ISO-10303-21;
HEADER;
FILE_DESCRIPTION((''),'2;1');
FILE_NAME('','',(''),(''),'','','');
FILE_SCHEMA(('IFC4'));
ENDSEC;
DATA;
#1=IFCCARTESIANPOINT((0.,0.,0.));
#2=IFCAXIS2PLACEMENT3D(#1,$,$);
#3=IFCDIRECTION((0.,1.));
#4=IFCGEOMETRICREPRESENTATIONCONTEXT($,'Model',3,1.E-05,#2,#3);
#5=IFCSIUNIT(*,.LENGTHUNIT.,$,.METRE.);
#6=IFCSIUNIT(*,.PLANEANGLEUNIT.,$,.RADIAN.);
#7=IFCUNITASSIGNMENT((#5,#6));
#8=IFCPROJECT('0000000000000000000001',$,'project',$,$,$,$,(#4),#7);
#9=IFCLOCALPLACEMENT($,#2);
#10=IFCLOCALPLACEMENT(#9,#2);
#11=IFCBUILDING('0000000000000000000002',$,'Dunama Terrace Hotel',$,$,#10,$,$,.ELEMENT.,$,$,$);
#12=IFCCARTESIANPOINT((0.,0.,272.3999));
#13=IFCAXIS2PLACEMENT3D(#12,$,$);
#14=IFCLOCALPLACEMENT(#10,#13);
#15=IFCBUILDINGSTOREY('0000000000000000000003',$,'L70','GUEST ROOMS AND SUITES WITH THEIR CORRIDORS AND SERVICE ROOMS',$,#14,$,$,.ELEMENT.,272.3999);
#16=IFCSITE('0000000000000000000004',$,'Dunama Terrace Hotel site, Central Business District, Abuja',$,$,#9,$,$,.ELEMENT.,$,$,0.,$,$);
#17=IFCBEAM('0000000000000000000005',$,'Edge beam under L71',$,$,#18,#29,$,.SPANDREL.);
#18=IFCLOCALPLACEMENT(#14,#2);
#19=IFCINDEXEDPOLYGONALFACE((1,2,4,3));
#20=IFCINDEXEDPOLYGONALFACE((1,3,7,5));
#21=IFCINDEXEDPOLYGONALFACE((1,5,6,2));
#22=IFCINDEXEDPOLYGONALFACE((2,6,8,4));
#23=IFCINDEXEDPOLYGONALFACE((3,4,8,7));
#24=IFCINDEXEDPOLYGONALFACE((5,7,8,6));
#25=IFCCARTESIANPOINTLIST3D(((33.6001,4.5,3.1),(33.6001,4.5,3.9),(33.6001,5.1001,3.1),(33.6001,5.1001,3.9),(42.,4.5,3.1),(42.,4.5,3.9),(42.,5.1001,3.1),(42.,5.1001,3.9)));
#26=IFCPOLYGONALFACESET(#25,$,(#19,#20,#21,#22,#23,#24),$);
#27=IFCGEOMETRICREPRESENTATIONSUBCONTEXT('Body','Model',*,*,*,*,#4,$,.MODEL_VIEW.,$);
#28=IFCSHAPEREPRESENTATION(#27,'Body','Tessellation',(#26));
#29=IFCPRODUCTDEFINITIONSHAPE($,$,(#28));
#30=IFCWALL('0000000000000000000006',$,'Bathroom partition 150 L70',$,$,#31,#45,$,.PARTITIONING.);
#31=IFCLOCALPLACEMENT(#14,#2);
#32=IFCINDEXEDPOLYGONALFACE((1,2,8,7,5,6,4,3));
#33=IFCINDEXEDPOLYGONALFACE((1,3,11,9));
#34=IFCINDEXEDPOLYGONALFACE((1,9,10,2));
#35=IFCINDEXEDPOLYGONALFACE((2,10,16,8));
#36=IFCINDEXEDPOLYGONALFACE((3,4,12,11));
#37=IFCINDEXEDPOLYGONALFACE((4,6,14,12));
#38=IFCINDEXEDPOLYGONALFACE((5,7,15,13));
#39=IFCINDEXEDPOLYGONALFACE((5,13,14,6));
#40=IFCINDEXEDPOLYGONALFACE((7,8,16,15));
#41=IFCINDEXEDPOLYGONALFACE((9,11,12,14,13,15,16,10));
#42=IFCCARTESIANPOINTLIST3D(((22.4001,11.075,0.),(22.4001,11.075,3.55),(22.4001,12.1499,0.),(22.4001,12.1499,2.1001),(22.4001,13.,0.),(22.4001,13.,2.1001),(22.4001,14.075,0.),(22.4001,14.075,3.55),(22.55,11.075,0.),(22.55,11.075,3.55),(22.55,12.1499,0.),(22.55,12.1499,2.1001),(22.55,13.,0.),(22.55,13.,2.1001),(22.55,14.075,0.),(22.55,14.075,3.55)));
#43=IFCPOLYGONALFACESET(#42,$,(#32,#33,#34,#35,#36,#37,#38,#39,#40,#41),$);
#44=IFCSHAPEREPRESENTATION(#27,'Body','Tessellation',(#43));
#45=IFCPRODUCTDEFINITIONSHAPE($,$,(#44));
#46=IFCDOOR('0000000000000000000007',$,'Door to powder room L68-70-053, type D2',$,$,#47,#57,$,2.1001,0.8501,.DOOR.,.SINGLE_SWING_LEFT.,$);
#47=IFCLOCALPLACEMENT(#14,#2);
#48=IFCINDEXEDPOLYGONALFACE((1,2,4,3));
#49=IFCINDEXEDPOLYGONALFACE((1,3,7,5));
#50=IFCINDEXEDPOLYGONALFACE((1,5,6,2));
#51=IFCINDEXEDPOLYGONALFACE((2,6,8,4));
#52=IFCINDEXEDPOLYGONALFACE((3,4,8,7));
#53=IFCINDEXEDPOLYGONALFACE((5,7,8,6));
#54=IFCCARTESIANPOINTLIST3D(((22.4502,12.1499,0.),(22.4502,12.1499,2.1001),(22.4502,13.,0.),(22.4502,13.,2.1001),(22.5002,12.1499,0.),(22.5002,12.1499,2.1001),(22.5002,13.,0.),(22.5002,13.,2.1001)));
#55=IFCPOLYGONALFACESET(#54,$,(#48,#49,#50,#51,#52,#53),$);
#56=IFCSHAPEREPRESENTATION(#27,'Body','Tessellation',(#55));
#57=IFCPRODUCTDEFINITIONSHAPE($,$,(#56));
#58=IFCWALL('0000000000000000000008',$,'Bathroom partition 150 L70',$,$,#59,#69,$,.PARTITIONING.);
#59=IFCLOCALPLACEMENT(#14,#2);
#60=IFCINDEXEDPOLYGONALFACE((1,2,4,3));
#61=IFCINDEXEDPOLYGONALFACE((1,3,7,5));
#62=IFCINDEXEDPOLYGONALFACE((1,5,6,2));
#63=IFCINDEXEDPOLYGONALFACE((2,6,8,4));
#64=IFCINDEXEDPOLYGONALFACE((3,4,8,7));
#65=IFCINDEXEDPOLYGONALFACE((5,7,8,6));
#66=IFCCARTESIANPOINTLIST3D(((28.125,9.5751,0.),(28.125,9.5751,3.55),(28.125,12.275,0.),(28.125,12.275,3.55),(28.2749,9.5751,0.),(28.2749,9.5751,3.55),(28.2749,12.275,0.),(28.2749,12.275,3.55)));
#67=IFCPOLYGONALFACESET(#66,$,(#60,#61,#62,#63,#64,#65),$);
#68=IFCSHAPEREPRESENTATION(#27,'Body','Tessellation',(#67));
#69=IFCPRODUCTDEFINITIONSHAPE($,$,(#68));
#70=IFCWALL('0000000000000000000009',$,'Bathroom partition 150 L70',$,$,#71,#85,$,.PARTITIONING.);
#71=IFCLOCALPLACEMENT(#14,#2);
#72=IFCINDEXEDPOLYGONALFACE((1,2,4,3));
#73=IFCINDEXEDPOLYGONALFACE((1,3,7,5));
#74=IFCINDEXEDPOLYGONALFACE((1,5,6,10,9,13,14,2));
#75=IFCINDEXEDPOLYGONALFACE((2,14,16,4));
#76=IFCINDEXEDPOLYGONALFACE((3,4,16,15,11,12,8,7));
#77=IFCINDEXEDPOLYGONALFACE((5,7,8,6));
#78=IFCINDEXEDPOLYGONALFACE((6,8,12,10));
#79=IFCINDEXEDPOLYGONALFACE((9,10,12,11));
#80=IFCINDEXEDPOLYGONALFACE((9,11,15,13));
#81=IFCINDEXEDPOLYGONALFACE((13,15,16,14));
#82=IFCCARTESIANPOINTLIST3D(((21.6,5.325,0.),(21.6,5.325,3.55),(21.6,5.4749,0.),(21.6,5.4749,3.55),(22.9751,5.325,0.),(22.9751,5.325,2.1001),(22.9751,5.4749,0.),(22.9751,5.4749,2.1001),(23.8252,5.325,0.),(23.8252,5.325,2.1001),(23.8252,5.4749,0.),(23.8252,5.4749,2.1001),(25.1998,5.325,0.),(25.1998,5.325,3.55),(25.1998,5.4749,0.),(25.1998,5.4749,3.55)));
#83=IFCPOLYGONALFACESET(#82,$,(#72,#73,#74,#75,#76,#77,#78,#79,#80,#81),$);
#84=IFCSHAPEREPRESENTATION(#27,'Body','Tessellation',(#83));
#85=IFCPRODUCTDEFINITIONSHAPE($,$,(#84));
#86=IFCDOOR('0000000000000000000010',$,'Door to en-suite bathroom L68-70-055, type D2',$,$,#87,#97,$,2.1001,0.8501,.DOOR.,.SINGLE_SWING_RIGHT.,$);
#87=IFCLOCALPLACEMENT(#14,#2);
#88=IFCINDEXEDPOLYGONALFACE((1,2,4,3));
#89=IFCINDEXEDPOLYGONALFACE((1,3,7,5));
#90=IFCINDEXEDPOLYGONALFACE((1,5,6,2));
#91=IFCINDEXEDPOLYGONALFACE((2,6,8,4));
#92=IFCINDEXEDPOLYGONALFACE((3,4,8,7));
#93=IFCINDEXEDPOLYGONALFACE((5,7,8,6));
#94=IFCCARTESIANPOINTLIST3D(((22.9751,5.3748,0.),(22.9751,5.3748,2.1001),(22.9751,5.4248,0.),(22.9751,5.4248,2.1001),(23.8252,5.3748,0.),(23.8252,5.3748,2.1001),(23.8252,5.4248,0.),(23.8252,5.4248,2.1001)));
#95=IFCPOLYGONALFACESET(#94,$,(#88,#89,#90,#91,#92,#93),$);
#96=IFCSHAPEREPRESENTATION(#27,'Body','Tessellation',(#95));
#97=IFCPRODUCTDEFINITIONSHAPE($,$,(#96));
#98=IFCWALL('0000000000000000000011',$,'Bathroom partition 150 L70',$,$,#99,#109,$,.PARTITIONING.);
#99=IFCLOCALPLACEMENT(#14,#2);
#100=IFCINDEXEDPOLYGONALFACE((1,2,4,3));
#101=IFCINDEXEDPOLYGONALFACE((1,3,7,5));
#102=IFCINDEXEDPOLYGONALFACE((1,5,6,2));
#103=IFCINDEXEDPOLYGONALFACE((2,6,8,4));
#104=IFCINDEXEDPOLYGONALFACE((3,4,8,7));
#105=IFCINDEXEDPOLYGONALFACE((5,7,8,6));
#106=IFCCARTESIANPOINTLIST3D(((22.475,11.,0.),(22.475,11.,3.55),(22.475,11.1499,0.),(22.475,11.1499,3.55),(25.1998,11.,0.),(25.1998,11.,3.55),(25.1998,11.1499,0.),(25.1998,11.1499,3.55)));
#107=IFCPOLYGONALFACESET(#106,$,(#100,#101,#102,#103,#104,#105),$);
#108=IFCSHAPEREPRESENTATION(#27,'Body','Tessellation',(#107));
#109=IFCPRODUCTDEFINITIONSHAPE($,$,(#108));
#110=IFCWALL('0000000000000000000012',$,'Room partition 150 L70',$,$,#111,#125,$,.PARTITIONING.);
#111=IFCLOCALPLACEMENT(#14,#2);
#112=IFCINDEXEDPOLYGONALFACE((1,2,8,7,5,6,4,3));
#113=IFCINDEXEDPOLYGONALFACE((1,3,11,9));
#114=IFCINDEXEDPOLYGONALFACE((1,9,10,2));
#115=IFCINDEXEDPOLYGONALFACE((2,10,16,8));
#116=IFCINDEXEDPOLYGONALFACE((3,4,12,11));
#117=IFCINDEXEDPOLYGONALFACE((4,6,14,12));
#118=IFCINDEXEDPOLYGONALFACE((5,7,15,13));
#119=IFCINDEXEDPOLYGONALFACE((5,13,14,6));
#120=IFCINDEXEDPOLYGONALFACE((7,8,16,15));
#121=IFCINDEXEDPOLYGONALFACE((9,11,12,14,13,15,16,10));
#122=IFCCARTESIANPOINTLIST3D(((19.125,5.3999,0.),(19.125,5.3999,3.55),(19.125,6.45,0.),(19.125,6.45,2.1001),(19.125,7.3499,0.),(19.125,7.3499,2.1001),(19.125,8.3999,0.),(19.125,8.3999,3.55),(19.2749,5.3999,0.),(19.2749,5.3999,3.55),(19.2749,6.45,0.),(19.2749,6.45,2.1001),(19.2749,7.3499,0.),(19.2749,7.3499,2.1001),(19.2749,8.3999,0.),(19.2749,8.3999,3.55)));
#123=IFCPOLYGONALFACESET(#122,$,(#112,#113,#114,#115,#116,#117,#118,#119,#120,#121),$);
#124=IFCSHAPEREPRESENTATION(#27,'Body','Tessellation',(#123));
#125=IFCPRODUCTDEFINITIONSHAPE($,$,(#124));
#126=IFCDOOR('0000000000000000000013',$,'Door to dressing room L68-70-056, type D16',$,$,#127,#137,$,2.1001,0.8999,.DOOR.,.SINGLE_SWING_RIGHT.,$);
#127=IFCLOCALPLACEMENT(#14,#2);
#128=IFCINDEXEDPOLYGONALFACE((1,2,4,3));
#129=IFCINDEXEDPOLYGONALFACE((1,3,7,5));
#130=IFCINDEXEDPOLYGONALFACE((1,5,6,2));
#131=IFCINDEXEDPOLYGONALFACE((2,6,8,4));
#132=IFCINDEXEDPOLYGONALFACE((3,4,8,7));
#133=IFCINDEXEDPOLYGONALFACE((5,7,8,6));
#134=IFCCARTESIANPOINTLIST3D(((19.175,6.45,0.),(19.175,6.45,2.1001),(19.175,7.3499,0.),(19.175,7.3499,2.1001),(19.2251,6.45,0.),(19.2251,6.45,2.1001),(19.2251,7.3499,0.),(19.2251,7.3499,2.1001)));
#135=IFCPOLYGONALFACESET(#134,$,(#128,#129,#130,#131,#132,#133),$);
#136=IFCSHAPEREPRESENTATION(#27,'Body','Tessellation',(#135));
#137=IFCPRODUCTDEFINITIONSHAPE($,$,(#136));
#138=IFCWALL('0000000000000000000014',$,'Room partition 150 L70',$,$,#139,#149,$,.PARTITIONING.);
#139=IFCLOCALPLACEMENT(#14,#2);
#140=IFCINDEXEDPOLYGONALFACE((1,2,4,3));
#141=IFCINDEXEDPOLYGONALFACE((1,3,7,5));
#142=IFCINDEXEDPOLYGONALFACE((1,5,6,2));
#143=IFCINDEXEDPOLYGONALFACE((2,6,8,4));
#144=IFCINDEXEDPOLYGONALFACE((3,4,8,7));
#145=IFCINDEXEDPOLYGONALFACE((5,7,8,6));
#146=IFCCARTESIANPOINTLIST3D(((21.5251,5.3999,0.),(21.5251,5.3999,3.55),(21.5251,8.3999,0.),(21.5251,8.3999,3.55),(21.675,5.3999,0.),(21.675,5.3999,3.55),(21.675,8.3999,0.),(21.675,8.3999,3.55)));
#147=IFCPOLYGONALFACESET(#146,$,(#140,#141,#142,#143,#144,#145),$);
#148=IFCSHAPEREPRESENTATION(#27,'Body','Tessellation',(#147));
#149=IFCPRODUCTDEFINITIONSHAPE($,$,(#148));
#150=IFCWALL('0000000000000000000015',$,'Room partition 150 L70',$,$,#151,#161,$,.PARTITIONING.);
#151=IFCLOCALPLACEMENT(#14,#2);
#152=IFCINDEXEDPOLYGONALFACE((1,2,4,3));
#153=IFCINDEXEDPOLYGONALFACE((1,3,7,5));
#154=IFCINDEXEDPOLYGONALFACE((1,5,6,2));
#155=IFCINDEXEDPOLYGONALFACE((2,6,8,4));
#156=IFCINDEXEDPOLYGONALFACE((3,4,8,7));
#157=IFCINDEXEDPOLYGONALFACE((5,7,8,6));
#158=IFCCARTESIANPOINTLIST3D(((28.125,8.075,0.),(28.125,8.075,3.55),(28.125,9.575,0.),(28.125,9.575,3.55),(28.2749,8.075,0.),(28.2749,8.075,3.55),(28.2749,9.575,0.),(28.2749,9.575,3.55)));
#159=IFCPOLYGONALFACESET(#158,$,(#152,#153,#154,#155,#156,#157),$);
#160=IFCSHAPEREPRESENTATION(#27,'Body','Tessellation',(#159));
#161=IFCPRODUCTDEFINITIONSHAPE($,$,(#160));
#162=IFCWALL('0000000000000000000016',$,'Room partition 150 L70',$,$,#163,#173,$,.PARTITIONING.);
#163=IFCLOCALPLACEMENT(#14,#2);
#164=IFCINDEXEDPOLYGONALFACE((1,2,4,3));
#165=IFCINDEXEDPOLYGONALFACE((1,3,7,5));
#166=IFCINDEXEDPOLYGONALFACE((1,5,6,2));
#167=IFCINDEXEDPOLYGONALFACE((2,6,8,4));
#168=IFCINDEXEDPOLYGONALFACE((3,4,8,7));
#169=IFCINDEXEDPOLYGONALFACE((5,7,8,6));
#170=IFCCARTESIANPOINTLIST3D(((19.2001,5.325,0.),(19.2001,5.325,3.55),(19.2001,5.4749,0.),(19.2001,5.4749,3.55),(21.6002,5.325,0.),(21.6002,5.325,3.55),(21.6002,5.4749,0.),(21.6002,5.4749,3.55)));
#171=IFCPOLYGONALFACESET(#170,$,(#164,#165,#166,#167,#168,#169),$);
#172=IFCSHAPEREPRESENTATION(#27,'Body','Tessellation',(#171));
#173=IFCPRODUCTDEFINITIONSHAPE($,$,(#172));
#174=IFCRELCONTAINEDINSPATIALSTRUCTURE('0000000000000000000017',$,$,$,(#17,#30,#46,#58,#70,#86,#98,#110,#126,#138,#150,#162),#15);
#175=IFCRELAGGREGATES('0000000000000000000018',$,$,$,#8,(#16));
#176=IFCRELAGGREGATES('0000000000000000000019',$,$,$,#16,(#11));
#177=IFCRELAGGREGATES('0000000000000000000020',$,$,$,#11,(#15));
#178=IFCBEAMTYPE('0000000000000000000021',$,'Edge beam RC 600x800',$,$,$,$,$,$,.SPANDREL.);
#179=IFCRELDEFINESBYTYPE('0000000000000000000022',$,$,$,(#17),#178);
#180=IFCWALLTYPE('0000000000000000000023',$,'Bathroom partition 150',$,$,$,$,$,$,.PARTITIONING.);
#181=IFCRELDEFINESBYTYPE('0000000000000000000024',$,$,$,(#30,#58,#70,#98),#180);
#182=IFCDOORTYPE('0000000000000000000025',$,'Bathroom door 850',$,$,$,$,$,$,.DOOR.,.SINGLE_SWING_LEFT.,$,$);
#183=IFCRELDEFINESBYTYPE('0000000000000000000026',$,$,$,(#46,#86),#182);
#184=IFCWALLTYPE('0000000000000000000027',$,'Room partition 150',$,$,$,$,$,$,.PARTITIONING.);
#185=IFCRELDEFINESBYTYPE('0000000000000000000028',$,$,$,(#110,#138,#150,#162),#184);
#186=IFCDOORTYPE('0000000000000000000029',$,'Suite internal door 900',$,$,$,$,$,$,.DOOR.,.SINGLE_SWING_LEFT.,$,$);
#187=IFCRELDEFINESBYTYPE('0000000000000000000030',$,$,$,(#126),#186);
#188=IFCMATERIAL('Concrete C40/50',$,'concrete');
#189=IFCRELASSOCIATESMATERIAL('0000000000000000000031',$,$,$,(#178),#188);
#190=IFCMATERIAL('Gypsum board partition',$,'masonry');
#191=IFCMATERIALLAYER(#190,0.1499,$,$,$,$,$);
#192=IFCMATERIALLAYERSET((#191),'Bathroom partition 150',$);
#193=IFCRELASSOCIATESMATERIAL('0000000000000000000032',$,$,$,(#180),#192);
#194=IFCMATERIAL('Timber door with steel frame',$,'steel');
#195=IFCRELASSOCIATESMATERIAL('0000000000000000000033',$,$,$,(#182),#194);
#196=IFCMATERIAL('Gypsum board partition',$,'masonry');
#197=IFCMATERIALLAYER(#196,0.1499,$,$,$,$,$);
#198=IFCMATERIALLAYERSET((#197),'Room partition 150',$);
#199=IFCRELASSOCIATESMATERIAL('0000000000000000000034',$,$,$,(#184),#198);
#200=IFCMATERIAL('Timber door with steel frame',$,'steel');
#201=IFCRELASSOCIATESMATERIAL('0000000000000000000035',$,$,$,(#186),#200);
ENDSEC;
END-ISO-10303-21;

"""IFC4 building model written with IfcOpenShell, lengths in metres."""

from ifc_helpers import new_model, si_unit, direction, frame, frame_2d, origin, origin_2d, place, context, subcontext, project, spatial, rectangle, extrude, material, layer, layer_set, material_profile, profile_set, type_object, element, fill, save


model = new_model("IFC4")

# Units and contexts
model_context = context("Model", 3, precision=1e-05, world=origin(), true_north=direction((0.0, 1.0)))
body_context = subcontext(model_context, "Body", "Model", "MODEL_VIEW")
ifc_project = project(units=[si_unit("LENGTHUNIT", "METRE"), si_unit("PLANEANGLEUNIT", "RADIAN")], contexts=[model_context])

# Site, building, storey
site_placement = place(None, origin())
site = spatial("IfcSite", under=ifc_project, at=site_placement, Name="Dunama Terrace Hotel site, Central Business District, Abuja", CompositionType="ELEMENT", RefElevation=0.0)
building_placement = place(site_placement, origin())
building = spatial("IfcBuilding", under=site, at=building_placement, Name="Dunama Terrace Hotel", CompositionType="ELEMENT")
storey_placement = place(building_placement, frame((0.0, 0.0, 272.3999)))
storey = spatial("IfcBuildingStorey", under=building, at=storey_placement, Name="L70", Description="GUEST ROOMS AND SUITES WITH THEIR CORRIDORS AND SERVICE ROOMS", CompositionType="ELEMENT", Elevation=272.3999)

# Beam
ifc_material_1 = material(Name="Concrete C40/50", Category="concrete")
ifc_material_profile = material_profile(ifc_material_1, rectangle(XDim=0.6001, YDim=0.8, at=origin_2d()), Name="RC 600x800")
ifc_profile_set = profile_set([ifc_material_profile], Name="Concrete C40/50")
beam_type = type_object("IfcBeamType", Name="Edge beam RC 600x800", PredefinedType="SPANDREL", material=ifc_profile_set)
beam_placement = place(storey_placement, frame((33.6001, 4.8, 3.5), z_axis=(1.0, 0.0, 0.0), x_axis=(0.0, 1.0, 0.0)))
element("IfcBeam", 1, at=beam_placement, inside=storey, type_object=beam_type, Name="Edge beam under L71", PredefinedType="SPANDREL", context=body_context, shape_type="SweptSolid", body=[
    extrude(rectangle(XDim=0.6001, YDim=0.8, at=origin_2d()), origin(), (0.0, 0.0, 1.0), 8.3999),
])

# Wall, opening, door
ifc_material_2 = material(Name="Gypsum board partition", Category="masonry")
ifc_layer_1 = layer(ifc_material_2, 0.1499)
ifc_layer_set_1 = layer_set([ifc_layer_1], Name="Bathroom partition 150")
wall_type_1 = type_object("IfcWallType", Name="Bathroom partition 150", PredefinedType="PARTITIONING", material=ifc_layer_set_1)
wall_1_placement = place(storey_placement, frame((22.4751, 11.075, 0.0), z_axis=(0.0, 0.0, 1.0), x_axis=(0.0, 1.0, 0.0)))
wall_1 = element("IfcWall", 2, at=wall_1_placement, inside=storey, type_object=wall_type_1, Name="Bathroom partition 150 L70", PredefinedType="PARTITIONING", context=body_context, shape_type="SweptSolid", body=[
    extrude(rectangle(XDim=3.0, YDim=0.1499, at=frame_2d((1.5, 0.0))), origin(), (0.0, 0.0, 1.0), 3.55),
])
opening_1_placement = place(wall_1_placement, frame((1.075, 0.0, 0.0)))
opening_1 = element("IfcOpeningElement", 3, at=opening_1_placement, cuts=wall_1, PredefinedType="OPENING", context=body_context, shape_type="SweptSolid", body=[
    extrude(rectangle(XDim=0.8501, YDim=2.1001, at=frame_2d((0.425, 1.05))), frame((0.0, 0.085, 0.0), z_axis=(0.0, -1.0, 0.0), x_axis=(1.0, 0.0, 0.0)), (0.0, 0.0, 1.0), 0.1699),
])
ifc_material_3 = material(Name="Timber door with steel frame", Category="steel")
door_type_1 = type_object("IfcDoorType", Name="Bathroom door 850", OperationType="SINGLE_SWING_LEFT", PredefinedType="DOOR", material=ifc_material_3)
door_1_placement = place(opening_1_placement, frame((0.8501, 0.0, 0.0), z_axis=(0.0, 0.0, 1.0), x_axis=(-1.0, 0.0, 0.0)))
door_1 = element("IfcDoor", 4, at=door_1_placement, inside=storey, type_object=door_type_1, Name="Door to powder room L68-70-053, type D2", OperationType="SINGLE_SWING_LEFT", OverallHeight=2.1001, OverallWidth=0.8501, PredefinedType="DOOR", context=body_context, shape_type="SweptSolid", body=[
    extrude(rectangle(XDim=0.8501, YDim=2.1001, at=frame_2d((0.425, 1.05))), frame((0.0, 0.0251, 0.0), z_axis=(0.0, -1.0, 0.0), x_axis=(1.0, 0.0, 0.0)), (0.0, 0.0, 1.0), 0.05),
])
fill(opening_1, door_1)

# Wall
wall_2_placement = place(storey_placement, frame((28.2, 9.575, 0.0), z_axis=(0.0, 0.0, 1.0), x_axis=(0.0, 1.0, 0.0)))
element("IfcWall", 5, at=wall_2_placement, inside=storey, type_object=wall_type_1, Name="Bathroom partition 150 L70", PredefinedType="PARTITIONING", context=body_context, shape_type="SweptSolid", body=[
    extrude(rectangle(XDim=2.7, YDim=0.1499, at=frame_2d((1.3501, 0.0))), origin(), (0.0, 0.0, 1.0), 3.55),
])

# Wall, opening, door
wall_3_placement = place(storey_placement, frame((21.6001, 5.3999, 0.0), z_axis=(0.0, 0.0, 1.0), x_axis=(1.0, 0.0, 0.0)))
wall_3 = element("IfcWall", 6, at=wall_3_placement, inside=storey, type_object=wall_type_1, Name="Bathroom partition 150 L70", PredefinedType="PARTITIONING", context=body_context, shape_type="SweptSolid", body=[
    extrude(rectangle(XDim=3.5999, YDim=0.1499, at=frame_2d((1.7998, 0.0))), origin(), (0.0, 0.0, 1.0), 3.55),
])
opening_2_placement = place(wall_3_placement, frame((1.375, 0.0, 0.0)))
opening_2 = element("IfcOpeningElement", 7, at=opening_2_placement, cuts=wall_3, PredefinedType="OPENING", context=body_context, shape_type="SweptSolid", body=[
    extrude(rectangle(XDim=0.8501, YDim=2.1001, at=frame_2d((0.425, 1.05))), frame((0.0, 0.085, 0.0), z_axis=(0.0, -1.0, 0.0), x_axis=(1.0, 0.0, 0.0)), (0.0, 0.0, 1.0), 0.1699),
])
door_2_placement = place(opening_2_placement, origin())
door_2 = element("IfcDoor", 8, at=door_2_placement, inside=storey, type_object=door_type_1, Name="Door to en-suite bathroom L68-70-055, type D2", OperationType="SINGLE_SWING_RIGHT", OverallHeight=2.1001, OverallWidth=0.8501, PredefinedType="DOOR", context=body_context, shape_type="SweptSolid", body=[
    extrude(rectangle(XDim=0.8501, YDim=2.1001, at=frame_2d((0.425, 1.05))), frame((0.0, 0.0249, 0.0), z_axis=(0.0, -1.0, 0.0), x_axis=(1.0, 0.0, 0.0)), (0.0, 0.0, 1.0), 0.05),
])
fill(opening_2, door_2)

# Wall
wall_4_placement = place(storey_placement, frame((22.4751, 11.075, 0.0), z_axis=(0.0, 0.0, 1.0), x_axis=(1.0, 0.0, 0.0)))
element("IfcWall", 9, at=wall_4_placement, inside=storey, type_object=wall_type_1, Name="Bathroom partition 150 L70", PredefinedType="PARTITIONING", context=body_context, shape_type="SweptSolid", body=[
    extrude(rectangle(XDim=2.7249, YDim=0.1499, at=frame_2d((1.3623, 0.0))), origin(), (0.0, 0.0, 1.0), 3.55),
])

# Wall, opening, door
ifc_material_4 = material(Name="Gypsum board partition", Category="masonry")
ifc_layer_2 = layer(ifc_material_4, 0.1499)
ifc_layer_set_2 = layer_set([ifc_layer_2], Name="Room partition 150")
wall_type_2 = type_object("IfcWallType", Name="Room partition 150", PredefinedType="PARTITIONING", material=ifc_layer_set_2)
wall_5_placement = place(storey_placement, frame((19.2, 5.3999, 0.0), z_axis=(0.0, 0.0, 1.0), x_axis=(0.0, 1.0, 0.0)))
wall_5 = element("IfcWall", 10, at=wall_5_placement, inside=storey, type_object=wall_type_2, Name="Room partition 150 L70", PredefinedType="PARTITIONING", context=body_context, shape_type="SweptSolid", body=[
    extrude(rectangle(XDim=3.0, YDim=0.1499, at=frame_2d((1.5, 0.0))), origin(), (0.0, 0.0, 1.0), 3.55),
])
opening_3_placement = place(wall_5_placement, frame((1.05, 0.0, 0.0)))
opening_3 = element("IfcOpeningElement", 11, at=opening_3_placement, cuts=wall_5, PredefinedType="OPENING", context=body_context, shape_type="SweptSolid", body=[
    extrude(rectangle(XDim=0.8999, YDim=2.1001, at=frame_2d((0.45, 1.05))), frame((0.0, 0.085, 0.0), z_axis=(0.0, -1.0, 0.0), x_axis=(1.0, 0.0, 0.0)), (0.0, 0.0, 1.0), 0.1699),
])
ifc_material_5 = material(Name="Timber door with steel frame", Category="steel")
door_type_2 = type_object("IfcDoorType", Name="Suite internal door 900", OperationType="SINGLE_SWING_LEFT", PredefinedType="DOOR", material=ifc_material_5)
door_3_placement = place(opening_3_placement, frame((0.8999, 0.0, 0.0), z_axis=(0.0, 0.0, 1.0), x_axis=(-1.0, 0.0, 0.0)))
door_3 = element("IfcDoor", 12, at=door_3_placement, inside=storey, type_object=door_type_2, Name="Door to dressing room L68-70-056, type D16", OperationType="SINGLE_SWING_RIGHT", OverallHeight=2.1001, OverallWidth=0.8999, PredefinedType="DOOR", context=body_context, shape_type="SweptSolid", body=[
    extrude(rectangle(XDim=0.8999, YDim=2.1001, at=frame_2d((0.45, 1.05))), frame((0.0, 0.0251, 0.0), z_axis=(0.0, -1.0, 0.0), x_axis=(1.0, 0.0, 0.0)), (0.0, 0.0, 1.0), 0.05),
])
fill(opening_3, door_3)

# Walls
wall_6_placement = place(storey_placement, frame((21.6001, 5.3999, 0.0), z_axis=(0.0, 0.0, 1.0), x_axis=(0.0, 1.0, 0.0)))
element("IfcWall", 13, at=wall_6_placement, inside=storey, type_object=wall_type_2, Name="Room partition 150 L70", PredefinedType="PARTITIONING", context=body_context, shape_type="SweptSolid", body=[
    extrude(rectangle(XDim=3.0, YDim=0.1499, at=frame_2d((1.5, 0.0))), origin(), (0.0, 0.0, 1.0), 3.55),
])
wall_7_placement = place(storey_placement, frame((28.2, 8.075, 0.0), z_axis=(0.0, 0.0, 1.0), x_axis=(0.0, 1.0, 0.0)))
element("IfcWall", 14, at=wall_7_placement, inside=storey, type_object=wall_type_2, Name="Room partition 150 L70", PredefinedType="PARTITIONING", context=body_context, shape_type="SweptSolid", body=[
    extrude(rectangle(XDim=1.5, YDim=0.1499, at=frame_2d((0.75, 0.0))), origin(), (0.0, 0.0, 1.0), 3.55),
])
wall_8_placement = place(storey_placement, frame((19.2, 5.3999, 0.0), z_axis=(0.0, 0.0, 1.0), x_axis=(1.0, 0.0, 0.0)))
element("IfcWall", 15, at=wall_8_placement, inside=storey, type_object=wall_type_2, Name="Room partition 150 L70", PredefinedType="PARTITIONING", context=body_context, shape_type="SweptSolid", body=[
    extrude(rectangle(XDim=2.4001, YDim=0.1499, at=frame_2d((1.2002, 0.0))), origin(), (0.0, 0.0, 1.0), 3.55),
])

save(model, "model.ifc")
